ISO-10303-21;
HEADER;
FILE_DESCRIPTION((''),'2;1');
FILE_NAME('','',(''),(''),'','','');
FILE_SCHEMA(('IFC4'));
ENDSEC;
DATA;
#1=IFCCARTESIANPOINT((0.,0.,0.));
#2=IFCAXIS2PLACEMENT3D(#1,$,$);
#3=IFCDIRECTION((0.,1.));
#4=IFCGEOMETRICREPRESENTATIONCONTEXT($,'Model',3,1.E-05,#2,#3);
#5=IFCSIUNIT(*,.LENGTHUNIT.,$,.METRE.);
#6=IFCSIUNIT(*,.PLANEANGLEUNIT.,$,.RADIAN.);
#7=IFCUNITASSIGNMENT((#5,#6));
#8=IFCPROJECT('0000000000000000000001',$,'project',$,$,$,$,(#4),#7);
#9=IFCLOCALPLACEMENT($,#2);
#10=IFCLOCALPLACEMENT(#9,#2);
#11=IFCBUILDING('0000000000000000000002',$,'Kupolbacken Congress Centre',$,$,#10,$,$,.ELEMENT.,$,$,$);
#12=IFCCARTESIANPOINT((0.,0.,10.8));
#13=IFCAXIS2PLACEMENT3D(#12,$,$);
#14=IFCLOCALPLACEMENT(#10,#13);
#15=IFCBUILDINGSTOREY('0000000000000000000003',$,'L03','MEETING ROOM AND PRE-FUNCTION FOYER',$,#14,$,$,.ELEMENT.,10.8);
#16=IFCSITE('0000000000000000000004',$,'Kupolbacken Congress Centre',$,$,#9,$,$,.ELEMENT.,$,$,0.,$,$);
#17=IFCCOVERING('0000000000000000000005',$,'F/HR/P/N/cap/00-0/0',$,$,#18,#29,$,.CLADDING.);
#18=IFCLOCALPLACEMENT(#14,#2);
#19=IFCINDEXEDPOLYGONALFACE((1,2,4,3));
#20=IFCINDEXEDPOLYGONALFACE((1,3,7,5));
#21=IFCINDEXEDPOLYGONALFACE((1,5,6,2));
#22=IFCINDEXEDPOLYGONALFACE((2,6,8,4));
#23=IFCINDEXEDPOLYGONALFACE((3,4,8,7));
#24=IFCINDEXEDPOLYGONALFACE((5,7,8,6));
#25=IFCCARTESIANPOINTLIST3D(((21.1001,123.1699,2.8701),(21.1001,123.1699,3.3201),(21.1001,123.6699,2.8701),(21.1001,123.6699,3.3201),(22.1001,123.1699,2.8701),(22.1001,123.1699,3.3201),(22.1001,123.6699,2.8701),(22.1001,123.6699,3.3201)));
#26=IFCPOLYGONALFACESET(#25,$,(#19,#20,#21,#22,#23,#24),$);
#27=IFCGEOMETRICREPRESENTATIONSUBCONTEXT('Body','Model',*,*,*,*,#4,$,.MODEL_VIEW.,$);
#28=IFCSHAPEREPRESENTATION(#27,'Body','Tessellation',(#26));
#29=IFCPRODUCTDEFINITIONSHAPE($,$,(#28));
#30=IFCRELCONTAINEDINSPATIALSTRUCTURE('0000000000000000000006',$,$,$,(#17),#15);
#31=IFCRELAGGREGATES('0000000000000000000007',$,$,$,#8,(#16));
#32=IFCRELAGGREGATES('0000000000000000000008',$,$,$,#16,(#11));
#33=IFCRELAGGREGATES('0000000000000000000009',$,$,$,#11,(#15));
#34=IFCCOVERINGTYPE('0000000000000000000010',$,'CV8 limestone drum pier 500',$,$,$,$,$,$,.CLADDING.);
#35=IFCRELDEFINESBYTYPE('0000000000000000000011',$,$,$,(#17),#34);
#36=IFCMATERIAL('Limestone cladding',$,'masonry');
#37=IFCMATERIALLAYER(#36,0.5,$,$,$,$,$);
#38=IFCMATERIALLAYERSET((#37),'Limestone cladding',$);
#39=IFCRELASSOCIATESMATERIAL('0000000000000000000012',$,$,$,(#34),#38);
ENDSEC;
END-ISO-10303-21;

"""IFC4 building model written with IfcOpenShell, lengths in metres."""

from ifc_helpers import new_model, si_unit, direction, frame, origin, origin_2d, place, context, subcontext, project, spatial, rectangle, extrude, material, layer, layer_set, type_object, element, save


model = new_model("IFC4")

# Units and contexts
model_context = context("Model", 3, precision=1e-05, world=origin(), true_north=direction((0.0, 1.0)))
body_context = subcontext(model_context, "Body", "Model", "MODEL_VIEW")
ifc_project = project(units=[si_unit("LENGTHUNIT", "METRE"), si_unit("PLANEANGLEUNIT", "RADIAN")], contexts=[model_context])

# Site, building, storey
site_placement = place(None, origin())
site = spatial("IfcSite", under=ifc_project, at=site_placement, Name="Kupolbacken Congress Centre", CompositionType="ELEMENT", RefElevation=0.0)
building_placement = place(site_placement, origin())
building = spatial("IfcBuilding", under=site, at=building_placement, Name="Kupolbacken Congress Centre", CompositionType="ELEMENT")
storey_placement = place(building_placement, frame((0.0, 0.0, 10.8)))
storey = spatial("IfcBuildingStorey", under=building, at=storey_placement, Name="L03", Description="MEETING ROOM AND PRE-FUNCTION FOYER", CompositionType="ELEMENT", Elevation=10.8)

# Covering
ifc_material_1 = material(Name="Limestone cladding", Category="masonry")
ifc_layer_1 = layer(ifc_material_1, 0.5)
ifc_layer_set_1 = layer_set([ifc_layer_1], Name="Limestone cladding")
covering_type_1 = type_object("IfcCoveringType", Name="CV8 limestone drum pier 500", PredefinedType="CLADDING", material=ifc_layer_set_1)
covering_1_placement = place(storey_placement, frame((21.6001, 123.4199, 2.8701), z_axis=(0.0, 0.0, 1.0), x_axis=(1.0, 0.0, 0.0)))
element("IfcCovering", 1, at=covering_1_placement, inside=storey, type_object=covering_type_1, Name="F/HR/P/N/cap/00-0/0", PredefinedType="CLADDING", context=body_context, shape_type="SweptSolid", body=[
    extrude(rectangle(XDim=1.0, YDim=0.5, at=origin_2d()), origin(), (0.0, 0.0, 1.0), 0.45),
])

save(model, "model.ifc")
